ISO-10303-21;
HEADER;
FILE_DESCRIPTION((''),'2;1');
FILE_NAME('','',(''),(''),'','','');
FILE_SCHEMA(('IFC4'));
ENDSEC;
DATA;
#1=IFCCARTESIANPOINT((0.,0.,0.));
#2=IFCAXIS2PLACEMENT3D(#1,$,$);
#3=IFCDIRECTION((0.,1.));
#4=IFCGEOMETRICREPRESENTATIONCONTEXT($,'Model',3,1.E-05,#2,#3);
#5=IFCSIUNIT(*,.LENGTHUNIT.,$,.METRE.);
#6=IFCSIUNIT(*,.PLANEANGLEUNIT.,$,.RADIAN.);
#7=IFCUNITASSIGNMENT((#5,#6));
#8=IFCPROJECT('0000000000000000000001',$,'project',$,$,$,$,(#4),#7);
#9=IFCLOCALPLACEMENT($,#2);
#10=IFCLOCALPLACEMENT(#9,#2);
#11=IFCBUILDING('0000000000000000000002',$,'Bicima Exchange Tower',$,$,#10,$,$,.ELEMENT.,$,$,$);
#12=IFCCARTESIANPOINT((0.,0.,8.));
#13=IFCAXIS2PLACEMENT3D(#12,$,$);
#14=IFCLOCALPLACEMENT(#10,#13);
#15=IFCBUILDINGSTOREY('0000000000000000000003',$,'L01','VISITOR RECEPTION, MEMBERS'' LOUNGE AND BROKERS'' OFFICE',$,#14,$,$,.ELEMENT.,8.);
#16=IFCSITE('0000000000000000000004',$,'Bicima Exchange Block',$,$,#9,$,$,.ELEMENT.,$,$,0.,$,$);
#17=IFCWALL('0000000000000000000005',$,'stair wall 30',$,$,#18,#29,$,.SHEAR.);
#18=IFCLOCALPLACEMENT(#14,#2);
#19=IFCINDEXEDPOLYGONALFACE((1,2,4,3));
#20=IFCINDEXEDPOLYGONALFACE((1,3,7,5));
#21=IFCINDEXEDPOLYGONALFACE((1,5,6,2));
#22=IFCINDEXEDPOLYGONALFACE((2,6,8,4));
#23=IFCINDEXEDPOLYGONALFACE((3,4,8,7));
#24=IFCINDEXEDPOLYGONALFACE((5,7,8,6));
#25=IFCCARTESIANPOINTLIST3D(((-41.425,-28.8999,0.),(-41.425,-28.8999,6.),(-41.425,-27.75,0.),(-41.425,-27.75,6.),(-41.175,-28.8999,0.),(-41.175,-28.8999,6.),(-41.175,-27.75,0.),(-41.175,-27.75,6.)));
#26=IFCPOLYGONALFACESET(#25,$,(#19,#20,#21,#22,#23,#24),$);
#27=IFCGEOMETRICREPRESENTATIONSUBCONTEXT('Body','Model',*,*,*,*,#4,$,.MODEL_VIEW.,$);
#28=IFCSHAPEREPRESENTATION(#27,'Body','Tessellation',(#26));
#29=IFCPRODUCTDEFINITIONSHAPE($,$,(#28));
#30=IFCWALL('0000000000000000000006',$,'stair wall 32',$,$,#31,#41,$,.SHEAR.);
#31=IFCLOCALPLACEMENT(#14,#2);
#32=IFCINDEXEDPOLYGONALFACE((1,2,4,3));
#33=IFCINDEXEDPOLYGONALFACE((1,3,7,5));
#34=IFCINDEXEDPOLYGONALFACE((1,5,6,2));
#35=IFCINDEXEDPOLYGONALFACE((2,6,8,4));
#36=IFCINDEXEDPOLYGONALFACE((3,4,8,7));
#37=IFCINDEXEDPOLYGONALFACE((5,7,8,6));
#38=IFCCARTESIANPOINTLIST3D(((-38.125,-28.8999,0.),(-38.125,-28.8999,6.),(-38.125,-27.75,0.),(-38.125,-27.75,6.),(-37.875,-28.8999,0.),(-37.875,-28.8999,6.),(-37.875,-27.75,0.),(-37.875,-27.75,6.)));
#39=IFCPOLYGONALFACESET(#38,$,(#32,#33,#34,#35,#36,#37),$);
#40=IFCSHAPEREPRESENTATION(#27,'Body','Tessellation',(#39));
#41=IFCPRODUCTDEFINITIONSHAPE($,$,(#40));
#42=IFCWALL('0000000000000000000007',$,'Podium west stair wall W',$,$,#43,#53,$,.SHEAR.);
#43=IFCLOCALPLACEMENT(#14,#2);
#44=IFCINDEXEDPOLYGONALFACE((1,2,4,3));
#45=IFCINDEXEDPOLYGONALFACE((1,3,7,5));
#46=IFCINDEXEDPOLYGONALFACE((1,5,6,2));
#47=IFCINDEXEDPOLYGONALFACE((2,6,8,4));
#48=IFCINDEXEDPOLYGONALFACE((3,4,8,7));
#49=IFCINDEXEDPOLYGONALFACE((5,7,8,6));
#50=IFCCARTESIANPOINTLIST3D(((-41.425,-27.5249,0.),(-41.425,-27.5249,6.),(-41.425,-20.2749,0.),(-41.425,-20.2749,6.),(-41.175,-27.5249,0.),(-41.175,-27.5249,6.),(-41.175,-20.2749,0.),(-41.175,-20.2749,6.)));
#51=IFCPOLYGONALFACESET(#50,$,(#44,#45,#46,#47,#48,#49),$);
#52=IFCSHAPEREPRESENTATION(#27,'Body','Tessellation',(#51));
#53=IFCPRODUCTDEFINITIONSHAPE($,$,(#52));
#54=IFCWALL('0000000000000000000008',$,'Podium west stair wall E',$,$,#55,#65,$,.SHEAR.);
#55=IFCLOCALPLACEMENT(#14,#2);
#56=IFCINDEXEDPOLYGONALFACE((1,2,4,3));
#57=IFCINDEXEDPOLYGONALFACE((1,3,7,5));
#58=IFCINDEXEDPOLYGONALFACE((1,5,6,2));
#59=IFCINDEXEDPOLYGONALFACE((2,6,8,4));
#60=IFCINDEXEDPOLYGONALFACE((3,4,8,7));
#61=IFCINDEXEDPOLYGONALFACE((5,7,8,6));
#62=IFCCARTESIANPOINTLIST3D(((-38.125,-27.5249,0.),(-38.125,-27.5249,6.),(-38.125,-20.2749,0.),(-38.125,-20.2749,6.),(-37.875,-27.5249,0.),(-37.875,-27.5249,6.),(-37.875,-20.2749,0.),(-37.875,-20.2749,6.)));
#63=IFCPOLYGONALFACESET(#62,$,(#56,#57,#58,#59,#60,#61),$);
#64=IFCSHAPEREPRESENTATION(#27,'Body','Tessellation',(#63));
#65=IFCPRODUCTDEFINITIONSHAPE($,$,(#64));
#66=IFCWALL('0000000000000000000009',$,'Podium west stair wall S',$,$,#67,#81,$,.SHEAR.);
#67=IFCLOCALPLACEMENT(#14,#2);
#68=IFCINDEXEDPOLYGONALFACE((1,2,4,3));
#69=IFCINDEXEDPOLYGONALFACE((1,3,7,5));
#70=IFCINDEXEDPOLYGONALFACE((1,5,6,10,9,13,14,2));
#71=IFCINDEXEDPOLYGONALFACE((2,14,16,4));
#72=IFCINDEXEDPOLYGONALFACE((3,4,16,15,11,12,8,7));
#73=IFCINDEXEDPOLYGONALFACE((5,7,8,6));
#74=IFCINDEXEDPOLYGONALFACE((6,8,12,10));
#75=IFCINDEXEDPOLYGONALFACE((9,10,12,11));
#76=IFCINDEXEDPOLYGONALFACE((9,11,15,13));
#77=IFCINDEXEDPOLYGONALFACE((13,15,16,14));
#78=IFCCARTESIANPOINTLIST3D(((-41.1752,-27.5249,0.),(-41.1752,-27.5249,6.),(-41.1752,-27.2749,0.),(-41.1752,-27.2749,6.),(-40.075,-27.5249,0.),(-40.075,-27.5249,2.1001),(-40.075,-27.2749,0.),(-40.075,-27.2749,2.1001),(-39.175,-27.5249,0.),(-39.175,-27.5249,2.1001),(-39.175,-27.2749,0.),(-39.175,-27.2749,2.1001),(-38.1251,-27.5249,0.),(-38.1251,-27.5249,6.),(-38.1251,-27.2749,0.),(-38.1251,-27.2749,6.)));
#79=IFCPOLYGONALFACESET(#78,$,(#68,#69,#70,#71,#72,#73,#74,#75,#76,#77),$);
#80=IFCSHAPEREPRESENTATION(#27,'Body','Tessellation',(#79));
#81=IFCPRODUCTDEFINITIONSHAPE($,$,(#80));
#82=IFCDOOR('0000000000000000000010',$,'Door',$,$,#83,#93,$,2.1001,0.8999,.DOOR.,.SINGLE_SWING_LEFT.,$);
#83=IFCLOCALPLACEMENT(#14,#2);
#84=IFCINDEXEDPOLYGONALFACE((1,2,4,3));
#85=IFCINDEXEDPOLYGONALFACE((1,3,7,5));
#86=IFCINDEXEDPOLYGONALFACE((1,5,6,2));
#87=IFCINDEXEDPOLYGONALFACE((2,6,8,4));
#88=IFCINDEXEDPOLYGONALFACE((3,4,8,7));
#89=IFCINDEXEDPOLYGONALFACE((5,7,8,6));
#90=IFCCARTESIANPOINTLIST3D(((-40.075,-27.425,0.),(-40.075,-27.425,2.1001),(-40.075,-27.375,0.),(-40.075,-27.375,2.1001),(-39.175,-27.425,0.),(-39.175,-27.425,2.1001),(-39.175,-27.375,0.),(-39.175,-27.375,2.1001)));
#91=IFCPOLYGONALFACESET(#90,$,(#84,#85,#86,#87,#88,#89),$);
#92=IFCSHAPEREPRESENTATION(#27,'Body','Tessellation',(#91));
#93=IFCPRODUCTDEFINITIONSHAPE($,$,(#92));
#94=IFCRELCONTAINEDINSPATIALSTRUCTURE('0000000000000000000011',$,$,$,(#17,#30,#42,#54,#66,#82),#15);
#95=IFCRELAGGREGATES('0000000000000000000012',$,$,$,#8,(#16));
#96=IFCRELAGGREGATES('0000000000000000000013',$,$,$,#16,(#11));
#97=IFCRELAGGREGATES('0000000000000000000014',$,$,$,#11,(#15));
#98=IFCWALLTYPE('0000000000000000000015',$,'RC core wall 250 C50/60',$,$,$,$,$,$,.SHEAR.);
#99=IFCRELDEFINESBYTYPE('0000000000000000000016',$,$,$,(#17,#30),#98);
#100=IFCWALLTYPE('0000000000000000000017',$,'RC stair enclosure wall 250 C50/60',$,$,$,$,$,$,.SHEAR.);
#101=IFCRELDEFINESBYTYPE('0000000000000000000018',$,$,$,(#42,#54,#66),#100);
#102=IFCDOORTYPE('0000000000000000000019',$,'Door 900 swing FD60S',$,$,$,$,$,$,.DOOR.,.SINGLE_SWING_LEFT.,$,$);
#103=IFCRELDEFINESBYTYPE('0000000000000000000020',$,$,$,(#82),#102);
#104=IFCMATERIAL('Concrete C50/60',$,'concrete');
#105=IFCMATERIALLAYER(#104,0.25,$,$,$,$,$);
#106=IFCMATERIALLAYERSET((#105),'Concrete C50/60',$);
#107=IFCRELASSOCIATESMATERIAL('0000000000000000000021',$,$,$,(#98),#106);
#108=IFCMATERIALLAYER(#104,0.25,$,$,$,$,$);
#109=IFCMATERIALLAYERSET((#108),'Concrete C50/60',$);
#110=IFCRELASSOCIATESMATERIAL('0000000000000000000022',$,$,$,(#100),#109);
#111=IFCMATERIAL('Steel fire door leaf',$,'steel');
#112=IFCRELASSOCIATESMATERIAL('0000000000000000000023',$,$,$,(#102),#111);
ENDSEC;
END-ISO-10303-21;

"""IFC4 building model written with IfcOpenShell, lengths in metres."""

from ifc_helpers import new_model, si_unit, direction, frame, frame_2d, origin, place, context, subcontext, project, spatial, rectangle, extrude, material, layer, layer_set, type_object, element, fill, save


model = new_model("IFC4")

# Units and contexts
model_context = context("Model", 3, precision=1e-05, world=origin(), true_north=direction((0.0, 1.0)))
body_context = subcontext(model_context, "Body", "Model", "MODEL_VIEW")
ifc_project = project(units=[si_unit("LENGTHUNIT", "METRE"), si_unit("PLANEANGLEUNIT", "RADIAN")], contexts=[model_context])

# Site, building, storey
site_placement = place(None, origin())
site = spatial("IfcSite", under=ifc_project, at=site_placement, Name="Bicima Exchange Block", CompositionType="ELEMENT", RefElevation=0.0)
building_placement = place(site_placement, origin())
building = spatial("IfcBuilding", under=site, at=building_placement, Name="Bicima Exchange Tower", CompositionType="ELEMENT")
storey_placement = place(building_placement, frame((0.0, 0.0, 8.0)))
storey = spatial("IfcBuildingStorey", under=building, at=storey_placement, Name="L01", Description="VISITOR RECEPTION, MEMBERS' LOUNGE AND BROKERS' OFFICE", CompositionType="ELEMENT", Elevation=8.0)

# Shared definitions
ifc_material_1 = material(Name="Steel fire door leaf", Category="steel")

# Walls
ifc_material_2 = material(Name="Concrete C50/60", Category="concrete")
ifc_layer_1 = layer(ifc_material_2, 0.25)
ifc_layer_set_1 = layer_set([ifc_layer_1], Name="Concrete C50/60")
wall_type_1 = type_object("IfcWallType", Name="RC core wall 250 C50/60", PredefinedType="SHEAR", material=ifc_layer_set_1)
for number, where, z_axis, x_axis, name in (
    (1, (-41.3, -28.8999, 0.0), (0.0, 0.0, 1.0), (0.0, 1.0, 0.0), "stair wall 30"),
    (2, (-38.0, -28.8999, 0.0), (0.0, 0.0, 1.0), (0.0, 1.0, 0.0), "stair wall 32"),
):
    element("IfcWall", number, at=place(storey_placement, frame(where, z_axis=z_axis, x_axis=x_axis)), inside=storey, type_object=wall_type_1, Name=name, PredefinedType="SHEAR", context=body_context, shape_type="SweptSolid", body=[
        extrude(rectangle(XDim=1.1499, YDim=0.25, at=frame_2d((0.575, 0.0))), origin(), (0.0, 0.0, 1.0), 6.0),
    ])
ifc_layer_2 = layer(ifc_material_2, 0.25)
ifc_layer_set_2 = layer_set([ifc_layer_2], Name="Concrete C50/60")
wall_type_2 = type_object("IfcWallType", Name="RC stair enclosure wall 250 C50/60", PredefinedType="SHEAR", material=ifc_layer_set_2)
for number, where, z_axis, x_axis, name in (
    (3, (-41.3, -27.5249, 0.0), (0.0, 0.0, 1.0), (0.0, 1.0, 0.0), "Podium west stair wall W"),
    (4, (-38.0, -27.5249, 0.0), (0.0, 0.0, 1.0), (0.0, 1.0, 0.0), "Podium west stair wall E"),
):
    element("IfcWall", number, at=place(storey_placement, frame(where, z_axis=z_axis, x_axis=x_axis)), inside=storey, type_object=wall_type_2, Name=name, PredefinedType="SHEAR", context=body_context, shape_type="SweptSolid", body=[
        extrude(rectangle(XDim=7.25, YDim=0.25, at=frame_2d((3.625, 0.0))), origin(), (0.0, 0.0, 1.0), 6.0),
    ])

# Wall, opening, door
wall_1_placement = place(storey_placement, frame((-41.175, -27.3999, 0.0), z_axis=(0.0, 0.0, 1.0), x_axis=(1.0, 0.0, 0.0)))
wall_1 = element("IfcWall", 5, at=wall_1_placement, inside=storey, type_object=wall_type_2, Name="Podium west stair wall S", PredefinedType="SHEAR", context=body_context, shape_type="SweptSolid", body=[
    extrude(rectangle(XDim=3.05, YDim=0.25, at=frame_2d((1.5249, 0.0))), origin(), (0.0, 0.0, 1.0), 6.0),
])
opening_1_placement = place(wall_1_placement, frame((1.1001, 0.0, 0.0)))
opening_1 = element("IfcOpeningElement", 6, at=opening_1_placement, cuts=wall_1, PredefinedType="OPENING", context=body_context, shape_type="SweptSolid", body=[
    extrude(rectangle(XDim=0.8999, YDim=2.1001, at=frame_2d((0.45, 1.05))), frame((0.0, 0.137, 0.0), z_axis=(0.0, -1.0, 0.0), x_axis=(1.0, 0.0, 0.0)), (0.0, 0.0, 1.0), 0.2739),
])
door_type_1 = type_object("IfcDoorType", Name="Door 900 swing FD60S", OperationType="SINGLE_SWING_LEFT", PredefinedType="DOOR", material=ifc_material_1)
door_1_placement = place(opening_1_placement, origin())
door_1 = element("IfcDoor", 7, at=door_1_placement, inside=storey, type_object=door_type_1, Name="Door", OperationType="SINGLE_SWING_LEFT", OverallHeight=2.1001, OverallWidth=0.8999, PredefinedType="DOOR", context=body_context, shape_type="SweptSolid", body=[
    extrude(rectangle(XDim=0.8999, YDim=2.1001, at=frame_2d((0.45, 1.05))), frame((0.0, 0.0249, 0.0), z_axis=(0.0, -1.0, 0.0), x_axis=(1.0, 0.0, 0.0)), (0.0, 0.0, 1.0), 0.05),
])
fill(opening_1, door_1)

save(model, "model.ifc")
